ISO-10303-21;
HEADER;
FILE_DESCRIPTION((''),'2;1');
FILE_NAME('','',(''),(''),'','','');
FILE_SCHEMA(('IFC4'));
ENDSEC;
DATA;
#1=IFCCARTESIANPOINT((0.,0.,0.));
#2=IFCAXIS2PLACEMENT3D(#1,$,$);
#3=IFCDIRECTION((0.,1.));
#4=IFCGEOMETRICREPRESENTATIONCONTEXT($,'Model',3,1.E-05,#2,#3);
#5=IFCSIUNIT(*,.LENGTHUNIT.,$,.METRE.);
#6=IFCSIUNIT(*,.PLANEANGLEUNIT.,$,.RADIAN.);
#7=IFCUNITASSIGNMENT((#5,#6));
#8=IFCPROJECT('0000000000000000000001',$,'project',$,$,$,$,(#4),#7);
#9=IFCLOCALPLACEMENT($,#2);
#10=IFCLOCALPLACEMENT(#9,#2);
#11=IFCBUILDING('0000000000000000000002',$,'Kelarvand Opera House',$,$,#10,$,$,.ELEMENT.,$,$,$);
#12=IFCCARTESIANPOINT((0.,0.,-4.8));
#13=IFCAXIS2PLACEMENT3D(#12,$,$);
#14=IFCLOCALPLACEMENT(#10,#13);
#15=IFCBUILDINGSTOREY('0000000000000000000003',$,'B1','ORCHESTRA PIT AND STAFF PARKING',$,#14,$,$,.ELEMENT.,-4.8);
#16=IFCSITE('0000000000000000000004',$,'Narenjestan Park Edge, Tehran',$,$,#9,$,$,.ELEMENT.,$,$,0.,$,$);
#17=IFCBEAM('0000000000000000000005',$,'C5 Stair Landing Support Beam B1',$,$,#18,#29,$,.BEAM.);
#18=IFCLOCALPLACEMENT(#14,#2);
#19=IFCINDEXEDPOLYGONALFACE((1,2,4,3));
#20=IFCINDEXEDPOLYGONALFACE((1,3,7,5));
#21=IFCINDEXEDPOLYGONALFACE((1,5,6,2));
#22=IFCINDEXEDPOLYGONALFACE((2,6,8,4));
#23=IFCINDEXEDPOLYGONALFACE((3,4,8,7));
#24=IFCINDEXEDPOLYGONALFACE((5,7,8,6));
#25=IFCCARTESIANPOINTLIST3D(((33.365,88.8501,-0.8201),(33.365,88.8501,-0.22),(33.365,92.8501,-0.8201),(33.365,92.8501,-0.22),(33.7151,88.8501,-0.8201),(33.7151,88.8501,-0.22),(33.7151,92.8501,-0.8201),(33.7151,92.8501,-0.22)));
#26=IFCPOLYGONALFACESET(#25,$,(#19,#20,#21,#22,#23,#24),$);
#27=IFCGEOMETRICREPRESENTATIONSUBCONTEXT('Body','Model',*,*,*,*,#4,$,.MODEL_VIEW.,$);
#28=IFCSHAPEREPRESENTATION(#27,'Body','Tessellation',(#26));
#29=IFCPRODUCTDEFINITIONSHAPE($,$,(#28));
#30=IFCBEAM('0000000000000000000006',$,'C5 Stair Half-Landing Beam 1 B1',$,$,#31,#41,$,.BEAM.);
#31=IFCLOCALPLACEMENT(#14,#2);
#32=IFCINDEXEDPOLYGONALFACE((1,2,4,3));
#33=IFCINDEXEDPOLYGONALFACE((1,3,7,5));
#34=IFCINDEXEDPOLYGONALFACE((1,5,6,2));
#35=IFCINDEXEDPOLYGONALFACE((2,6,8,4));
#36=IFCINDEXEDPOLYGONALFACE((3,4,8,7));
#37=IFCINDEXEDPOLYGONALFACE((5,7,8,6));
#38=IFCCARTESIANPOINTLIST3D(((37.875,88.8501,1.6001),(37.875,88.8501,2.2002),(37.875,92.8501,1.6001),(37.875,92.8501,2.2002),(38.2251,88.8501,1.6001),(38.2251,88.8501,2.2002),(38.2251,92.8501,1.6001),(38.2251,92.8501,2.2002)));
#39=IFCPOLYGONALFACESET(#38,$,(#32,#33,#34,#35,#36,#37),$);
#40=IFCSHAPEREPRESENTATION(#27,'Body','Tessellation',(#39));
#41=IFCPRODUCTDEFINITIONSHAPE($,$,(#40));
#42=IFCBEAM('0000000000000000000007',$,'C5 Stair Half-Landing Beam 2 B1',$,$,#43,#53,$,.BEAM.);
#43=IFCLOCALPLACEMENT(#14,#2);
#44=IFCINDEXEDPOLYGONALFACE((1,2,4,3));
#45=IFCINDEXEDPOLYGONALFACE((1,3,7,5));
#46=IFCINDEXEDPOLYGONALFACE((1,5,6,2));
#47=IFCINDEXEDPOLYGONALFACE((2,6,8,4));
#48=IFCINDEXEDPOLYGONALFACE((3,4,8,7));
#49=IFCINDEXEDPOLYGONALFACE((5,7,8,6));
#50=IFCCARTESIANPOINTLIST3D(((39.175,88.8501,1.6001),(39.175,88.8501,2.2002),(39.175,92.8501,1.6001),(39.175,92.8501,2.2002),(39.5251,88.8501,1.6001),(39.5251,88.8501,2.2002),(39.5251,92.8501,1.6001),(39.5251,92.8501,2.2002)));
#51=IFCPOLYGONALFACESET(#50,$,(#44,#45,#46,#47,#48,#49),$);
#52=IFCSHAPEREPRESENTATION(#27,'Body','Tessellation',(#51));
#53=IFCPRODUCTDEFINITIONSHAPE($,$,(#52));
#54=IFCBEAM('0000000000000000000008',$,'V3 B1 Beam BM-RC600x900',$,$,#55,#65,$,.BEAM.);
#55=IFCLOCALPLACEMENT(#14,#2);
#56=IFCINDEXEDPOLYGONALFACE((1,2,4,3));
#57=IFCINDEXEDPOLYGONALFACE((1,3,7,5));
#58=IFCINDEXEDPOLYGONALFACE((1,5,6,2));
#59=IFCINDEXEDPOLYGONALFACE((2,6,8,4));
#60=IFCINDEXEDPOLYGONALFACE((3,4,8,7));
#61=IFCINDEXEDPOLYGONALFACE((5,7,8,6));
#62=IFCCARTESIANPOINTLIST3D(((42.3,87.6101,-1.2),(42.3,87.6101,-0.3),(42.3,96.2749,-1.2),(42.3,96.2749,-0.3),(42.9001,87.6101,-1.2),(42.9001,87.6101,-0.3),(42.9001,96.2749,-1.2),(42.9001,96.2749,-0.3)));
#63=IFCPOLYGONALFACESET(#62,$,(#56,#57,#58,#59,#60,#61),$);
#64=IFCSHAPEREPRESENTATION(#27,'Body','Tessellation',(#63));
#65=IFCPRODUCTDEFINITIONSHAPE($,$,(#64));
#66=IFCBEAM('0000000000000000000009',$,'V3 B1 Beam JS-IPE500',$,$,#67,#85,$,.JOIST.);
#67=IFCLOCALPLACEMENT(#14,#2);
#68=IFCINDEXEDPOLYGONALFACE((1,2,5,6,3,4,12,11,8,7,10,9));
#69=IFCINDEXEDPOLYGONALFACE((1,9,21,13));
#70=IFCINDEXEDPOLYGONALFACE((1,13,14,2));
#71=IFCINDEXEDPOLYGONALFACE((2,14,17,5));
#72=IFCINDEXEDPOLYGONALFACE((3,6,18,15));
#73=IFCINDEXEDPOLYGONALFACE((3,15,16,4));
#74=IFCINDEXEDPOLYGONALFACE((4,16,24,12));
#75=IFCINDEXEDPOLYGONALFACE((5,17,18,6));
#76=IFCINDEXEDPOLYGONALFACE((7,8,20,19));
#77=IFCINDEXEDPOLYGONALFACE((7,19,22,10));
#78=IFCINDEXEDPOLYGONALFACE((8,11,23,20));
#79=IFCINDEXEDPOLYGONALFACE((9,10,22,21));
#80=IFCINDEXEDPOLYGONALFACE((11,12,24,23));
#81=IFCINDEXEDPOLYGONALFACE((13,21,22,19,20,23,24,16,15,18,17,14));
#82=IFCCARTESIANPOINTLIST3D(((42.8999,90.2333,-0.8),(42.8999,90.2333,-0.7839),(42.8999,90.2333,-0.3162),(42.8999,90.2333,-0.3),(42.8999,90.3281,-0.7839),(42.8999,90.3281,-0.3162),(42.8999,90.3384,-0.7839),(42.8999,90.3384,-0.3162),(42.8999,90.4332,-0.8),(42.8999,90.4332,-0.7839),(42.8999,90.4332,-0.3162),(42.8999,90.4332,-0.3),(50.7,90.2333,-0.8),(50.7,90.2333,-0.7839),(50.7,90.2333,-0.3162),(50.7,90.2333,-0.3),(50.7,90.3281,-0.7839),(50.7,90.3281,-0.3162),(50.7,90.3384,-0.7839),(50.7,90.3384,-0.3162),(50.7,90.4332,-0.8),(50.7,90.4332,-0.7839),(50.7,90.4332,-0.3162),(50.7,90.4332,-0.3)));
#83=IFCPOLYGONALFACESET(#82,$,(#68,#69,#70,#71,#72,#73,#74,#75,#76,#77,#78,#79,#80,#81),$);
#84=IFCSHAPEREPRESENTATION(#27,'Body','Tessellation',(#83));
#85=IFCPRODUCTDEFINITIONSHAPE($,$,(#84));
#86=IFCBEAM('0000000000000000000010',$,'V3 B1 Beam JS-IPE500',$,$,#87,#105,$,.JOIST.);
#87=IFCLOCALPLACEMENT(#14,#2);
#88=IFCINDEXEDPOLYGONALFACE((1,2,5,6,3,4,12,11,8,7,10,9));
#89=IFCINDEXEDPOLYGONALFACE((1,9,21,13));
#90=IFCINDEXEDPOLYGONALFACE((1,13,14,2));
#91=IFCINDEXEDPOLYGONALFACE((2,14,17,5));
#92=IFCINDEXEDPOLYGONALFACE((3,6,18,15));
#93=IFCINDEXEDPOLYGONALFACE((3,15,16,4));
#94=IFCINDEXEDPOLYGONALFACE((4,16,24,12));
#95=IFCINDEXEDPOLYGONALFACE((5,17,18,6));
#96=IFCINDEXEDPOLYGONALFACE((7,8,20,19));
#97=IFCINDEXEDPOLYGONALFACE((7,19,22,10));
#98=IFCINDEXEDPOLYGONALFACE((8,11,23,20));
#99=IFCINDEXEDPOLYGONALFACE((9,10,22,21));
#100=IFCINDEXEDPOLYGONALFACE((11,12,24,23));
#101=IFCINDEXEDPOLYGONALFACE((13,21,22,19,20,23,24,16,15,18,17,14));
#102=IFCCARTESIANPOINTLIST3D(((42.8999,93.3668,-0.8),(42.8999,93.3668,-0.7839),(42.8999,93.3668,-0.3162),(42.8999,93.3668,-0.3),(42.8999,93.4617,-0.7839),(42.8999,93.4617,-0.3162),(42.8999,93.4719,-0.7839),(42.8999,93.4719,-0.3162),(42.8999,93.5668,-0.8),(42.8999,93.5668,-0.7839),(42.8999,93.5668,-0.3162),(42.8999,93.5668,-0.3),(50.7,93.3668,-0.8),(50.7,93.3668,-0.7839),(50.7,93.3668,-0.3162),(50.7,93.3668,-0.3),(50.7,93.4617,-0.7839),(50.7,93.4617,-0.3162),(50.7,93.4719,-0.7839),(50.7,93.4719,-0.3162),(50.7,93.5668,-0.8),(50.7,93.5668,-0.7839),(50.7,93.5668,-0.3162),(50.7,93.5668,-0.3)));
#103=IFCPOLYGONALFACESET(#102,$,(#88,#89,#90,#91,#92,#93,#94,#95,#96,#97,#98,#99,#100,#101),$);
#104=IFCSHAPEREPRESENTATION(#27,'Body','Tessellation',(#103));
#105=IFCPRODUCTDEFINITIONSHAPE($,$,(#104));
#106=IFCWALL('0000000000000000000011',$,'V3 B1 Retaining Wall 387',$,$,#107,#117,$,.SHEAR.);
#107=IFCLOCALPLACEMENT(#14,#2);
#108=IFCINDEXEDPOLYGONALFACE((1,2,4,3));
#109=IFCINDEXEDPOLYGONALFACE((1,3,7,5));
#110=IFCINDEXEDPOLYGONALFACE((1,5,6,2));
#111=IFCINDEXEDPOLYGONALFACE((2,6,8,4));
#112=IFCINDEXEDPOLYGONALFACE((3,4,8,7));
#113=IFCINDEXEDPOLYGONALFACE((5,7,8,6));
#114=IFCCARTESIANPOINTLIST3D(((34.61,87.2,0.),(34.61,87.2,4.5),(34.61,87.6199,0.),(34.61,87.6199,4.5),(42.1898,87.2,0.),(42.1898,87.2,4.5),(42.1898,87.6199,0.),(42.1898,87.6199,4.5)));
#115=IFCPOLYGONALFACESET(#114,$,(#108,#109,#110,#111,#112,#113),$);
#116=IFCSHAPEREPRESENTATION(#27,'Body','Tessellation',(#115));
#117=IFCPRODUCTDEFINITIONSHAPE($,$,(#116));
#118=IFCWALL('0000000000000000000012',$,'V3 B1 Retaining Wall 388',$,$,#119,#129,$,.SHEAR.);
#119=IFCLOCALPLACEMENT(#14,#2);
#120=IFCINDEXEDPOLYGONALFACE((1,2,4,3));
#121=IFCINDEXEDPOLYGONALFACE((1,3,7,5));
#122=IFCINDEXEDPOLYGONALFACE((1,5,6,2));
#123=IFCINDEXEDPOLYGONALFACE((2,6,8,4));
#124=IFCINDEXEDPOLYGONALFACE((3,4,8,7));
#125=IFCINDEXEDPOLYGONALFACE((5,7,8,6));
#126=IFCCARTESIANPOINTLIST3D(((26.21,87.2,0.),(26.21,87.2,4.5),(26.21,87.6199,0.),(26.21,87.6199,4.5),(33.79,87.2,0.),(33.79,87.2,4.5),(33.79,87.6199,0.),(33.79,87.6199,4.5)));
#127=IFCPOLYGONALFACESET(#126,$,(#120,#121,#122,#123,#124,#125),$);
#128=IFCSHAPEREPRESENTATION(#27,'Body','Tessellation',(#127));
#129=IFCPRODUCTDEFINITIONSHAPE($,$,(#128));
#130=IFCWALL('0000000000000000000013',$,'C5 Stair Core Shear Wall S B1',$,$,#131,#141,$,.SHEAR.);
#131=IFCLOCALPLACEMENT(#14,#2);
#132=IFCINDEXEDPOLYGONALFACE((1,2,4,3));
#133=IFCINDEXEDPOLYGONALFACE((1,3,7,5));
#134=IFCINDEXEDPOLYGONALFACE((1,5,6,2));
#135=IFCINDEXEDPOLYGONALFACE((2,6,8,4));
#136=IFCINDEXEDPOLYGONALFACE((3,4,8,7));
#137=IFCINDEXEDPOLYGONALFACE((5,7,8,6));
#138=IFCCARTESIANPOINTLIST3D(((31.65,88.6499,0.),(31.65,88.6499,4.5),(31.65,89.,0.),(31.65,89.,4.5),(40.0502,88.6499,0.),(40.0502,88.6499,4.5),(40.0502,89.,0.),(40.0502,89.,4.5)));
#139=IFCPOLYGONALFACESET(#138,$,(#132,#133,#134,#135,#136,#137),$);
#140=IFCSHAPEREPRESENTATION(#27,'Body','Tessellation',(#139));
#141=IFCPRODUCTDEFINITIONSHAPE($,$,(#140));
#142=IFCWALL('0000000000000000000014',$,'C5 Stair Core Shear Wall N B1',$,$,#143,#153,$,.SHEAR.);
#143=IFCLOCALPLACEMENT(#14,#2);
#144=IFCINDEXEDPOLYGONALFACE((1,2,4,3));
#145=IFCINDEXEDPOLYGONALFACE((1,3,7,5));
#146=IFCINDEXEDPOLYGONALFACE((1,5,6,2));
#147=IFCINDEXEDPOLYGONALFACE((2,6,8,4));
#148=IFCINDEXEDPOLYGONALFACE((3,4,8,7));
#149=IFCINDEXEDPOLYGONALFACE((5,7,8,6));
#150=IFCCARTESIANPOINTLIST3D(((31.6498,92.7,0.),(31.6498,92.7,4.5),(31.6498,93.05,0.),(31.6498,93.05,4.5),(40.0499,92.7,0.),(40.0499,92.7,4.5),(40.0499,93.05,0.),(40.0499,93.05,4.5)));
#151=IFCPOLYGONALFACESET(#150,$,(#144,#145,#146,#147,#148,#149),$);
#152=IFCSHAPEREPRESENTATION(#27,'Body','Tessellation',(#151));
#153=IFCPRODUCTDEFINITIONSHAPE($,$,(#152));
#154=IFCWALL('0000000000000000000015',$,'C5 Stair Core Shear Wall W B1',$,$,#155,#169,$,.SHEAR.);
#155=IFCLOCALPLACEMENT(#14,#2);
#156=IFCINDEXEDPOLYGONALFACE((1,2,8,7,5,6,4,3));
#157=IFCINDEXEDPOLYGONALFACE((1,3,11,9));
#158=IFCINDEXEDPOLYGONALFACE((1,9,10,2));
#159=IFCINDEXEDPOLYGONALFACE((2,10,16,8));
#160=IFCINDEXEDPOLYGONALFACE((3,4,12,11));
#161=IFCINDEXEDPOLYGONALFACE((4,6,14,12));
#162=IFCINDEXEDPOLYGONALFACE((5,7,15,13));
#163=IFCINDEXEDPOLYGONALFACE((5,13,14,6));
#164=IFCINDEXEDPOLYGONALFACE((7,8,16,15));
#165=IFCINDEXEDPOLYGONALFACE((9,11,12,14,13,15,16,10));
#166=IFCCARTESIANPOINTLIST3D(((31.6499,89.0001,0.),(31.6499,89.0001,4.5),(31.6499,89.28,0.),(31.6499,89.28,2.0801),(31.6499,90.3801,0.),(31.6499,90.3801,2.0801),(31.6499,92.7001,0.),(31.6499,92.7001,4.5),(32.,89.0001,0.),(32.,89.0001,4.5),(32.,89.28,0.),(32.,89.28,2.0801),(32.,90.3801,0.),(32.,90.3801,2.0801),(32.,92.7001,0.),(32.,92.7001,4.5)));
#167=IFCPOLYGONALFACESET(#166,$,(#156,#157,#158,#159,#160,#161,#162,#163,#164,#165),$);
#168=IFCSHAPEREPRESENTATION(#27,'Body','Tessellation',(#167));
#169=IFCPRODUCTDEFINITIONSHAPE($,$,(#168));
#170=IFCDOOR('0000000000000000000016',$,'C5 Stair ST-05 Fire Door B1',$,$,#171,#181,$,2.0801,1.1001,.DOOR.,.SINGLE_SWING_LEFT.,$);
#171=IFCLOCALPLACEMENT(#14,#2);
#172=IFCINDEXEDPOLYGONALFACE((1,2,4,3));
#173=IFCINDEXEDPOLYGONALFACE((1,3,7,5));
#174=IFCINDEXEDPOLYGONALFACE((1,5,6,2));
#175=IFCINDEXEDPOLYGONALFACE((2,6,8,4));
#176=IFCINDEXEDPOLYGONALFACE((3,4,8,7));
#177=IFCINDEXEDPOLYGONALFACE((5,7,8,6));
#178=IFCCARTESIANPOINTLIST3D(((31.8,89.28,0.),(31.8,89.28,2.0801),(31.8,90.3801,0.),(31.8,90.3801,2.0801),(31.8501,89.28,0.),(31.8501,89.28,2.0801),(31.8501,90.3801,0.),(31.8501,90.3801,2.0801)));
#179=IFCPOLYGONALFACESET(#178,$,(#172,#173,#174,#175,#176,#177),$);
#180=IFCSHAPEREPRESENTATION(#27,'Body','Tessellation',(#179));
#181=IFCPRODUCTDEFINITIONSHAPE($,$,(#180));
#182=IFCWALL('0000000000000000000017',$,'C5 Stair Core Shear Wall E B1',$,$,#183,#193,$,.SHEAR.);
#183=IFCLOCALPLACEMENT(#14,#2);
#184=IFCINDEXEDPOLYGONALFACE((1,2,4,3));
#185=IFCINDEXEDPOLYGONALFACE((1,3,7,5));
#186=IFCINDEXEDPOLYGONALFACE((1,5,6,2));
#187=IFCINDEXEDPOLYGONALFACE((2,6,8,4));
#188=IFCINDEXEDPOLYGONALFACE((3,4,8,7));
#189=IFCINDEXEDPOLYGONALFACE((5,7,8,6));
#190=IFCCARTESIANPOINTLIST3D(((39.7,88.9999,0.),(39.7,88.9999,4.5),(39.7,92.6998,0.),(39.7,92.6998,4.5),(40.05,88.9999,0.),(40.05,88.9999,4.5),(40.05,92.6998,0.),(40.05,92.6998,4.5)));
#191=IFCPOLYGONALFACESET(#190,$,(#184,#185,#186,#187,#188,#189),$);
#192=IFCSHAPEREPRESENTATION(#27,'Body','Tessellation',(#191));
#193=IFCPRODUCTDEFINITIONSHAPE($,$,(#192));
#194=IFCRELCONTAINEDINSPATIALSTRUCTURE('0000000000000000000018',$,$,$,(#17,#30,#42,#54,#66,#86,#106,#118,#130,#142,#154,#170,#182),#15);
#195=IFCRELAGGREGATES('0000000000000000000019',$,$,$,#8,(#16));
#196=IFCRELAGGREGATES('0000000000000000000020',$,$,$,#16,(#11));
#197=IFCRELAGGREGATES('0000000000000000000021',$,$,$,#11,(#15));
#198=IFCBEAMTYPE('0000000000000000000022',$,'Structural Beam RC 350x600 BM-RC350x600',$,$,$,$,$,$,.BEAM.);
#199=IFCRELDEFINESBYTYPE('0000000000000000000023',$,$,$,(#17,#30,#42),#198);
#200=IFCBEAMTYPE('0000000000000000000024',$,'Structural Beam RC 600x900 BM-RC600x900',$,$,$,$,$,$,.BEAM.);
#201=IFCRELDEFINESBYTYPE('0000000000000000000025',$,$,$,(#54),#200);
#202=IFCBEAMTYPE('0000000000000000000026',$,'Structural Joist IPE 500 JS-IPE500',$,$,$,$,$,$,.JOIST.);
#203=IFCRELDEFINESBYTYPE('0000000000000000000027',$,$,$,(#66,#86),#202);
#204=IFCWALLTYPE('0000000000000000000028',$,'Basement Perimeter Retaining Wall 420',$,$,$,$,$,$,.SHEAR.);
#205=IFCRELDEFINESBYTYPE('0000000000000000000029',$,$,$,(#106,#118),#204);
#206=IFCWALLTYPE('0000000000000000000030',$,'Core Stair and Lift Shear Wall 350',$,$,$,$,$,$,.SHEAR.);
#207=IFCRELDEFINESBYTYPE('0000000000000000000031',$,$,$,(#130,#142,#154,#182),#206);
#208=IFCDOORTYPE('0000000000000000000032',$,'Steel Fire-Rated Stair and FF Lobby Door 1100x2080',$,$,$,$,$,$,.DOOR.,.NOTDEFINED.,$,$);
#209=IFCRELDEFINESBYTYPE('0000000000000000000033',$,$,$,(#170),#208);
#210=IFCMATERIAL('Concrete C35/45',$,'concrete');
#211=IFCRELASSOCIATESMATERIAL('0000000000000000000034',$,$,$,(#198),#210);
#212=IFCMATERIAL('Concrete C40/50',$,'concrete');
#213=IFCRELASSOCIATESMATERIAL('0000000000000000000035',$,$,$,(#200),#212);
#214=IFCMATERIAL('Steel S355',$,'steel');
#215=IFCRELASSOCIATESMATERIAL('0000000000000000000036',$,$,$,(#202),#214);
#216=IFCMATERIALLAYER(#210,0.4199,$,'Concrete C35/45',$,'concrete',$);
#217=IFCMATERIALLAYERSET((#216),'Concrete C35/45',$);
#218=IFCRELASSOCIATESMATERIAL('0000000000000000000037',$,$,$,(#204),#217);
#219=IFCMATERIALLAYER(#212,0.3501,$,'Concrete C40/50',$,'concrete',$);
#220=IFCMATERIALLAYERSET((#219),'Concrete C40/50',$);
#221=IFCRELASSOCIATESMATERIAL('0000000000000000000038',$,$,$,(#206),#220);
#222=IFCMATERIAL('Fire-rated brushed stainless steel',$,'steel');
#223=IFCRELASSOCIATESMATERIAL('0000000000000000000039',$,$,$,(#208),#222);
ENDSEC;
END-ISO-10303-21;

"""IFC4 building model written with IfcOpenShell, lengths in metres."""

from ifc_helpers import new_model, si_unit, direction, frame, frame_2d, origin, origin_2d, place, context, subcontext, project, spatial, rectangle, i_section, extrude, material, layer, layer_set, material_profile, profile_set, type_object, element, fill, save


model = new_model("IFC4")

# Units and contexts
model_context = context("Model", 3, precision=1e-05, world=origin(), true_north=direction((0.0, 1.0)))
body_context = subcontext(model_context, "Body", "Model", "MODEL_VIEW")
ifc_project = project(units=[si_unit("LENGTHUNIT", "METRE"), si_unit("PLANEANGLEUNIT", "RADIAN")], contexts=[model_context])

# Site, building, storey
site_placement = place(None, origin())
site = spatial("IfcSite", under=ifc_project, at=site_placement, Name="Narenjestan Park Edge, Tehran", CompositionType="ELEMENT", RefElevation=0.0)
building_placement = place(site_placement, origin())
building = spatial("IfcBuilding", under=site, at=building_placement, Name="Kelarvand Opera House", CompositionType="ELEMENT")
storey_placement = place(building_placement, frame((0.0, 0.0, -4.8)))
storey = spatial("IfcBuildingStorey", under=building, at=storey_placement, Name="B1", Description="ORCHESTRA PIT AND STAFF PARKING", CompositionType="ELEMENT", Elevation=-4.8)

# Beams
ifc_material_1 = material(Name="Concrete C35/45", Category="concrete")
ifc_material_profile_1 = material_profile(ifc_material_1, rectangle(XDim=0.3501, YDim=0.6001, at=origin_2d()), Name="RC 350x600", Category="concrete")
ifc_profile_set_1 = profile_set([ifc_material_profile_1], Name="Concrete C35/45")
beam_type_1 = type_object("IfcBeamType", Name="Structural Beam RC 350x600 BM-RC350x600", PredefinedType="BEAM", material=ifc_profile_set_1)
for number, where, z_axis, x_axis, name in (
    (1, (33.54, 88.8501, -0.52), (0.0, 1.0, 0.0), (-1.0, 0.0, 0.0), "C5 Stair Landing Support Beam B1"),
    (2, (38.05, 88.8501, 1.9001), (0.0, 1.0, 0.0), (-1.0, 0.0, 0.0), "C5 Stair Half-Landing Beam 1 B1"),
    (3, (39.3501, 88.8501, 1.9001), (0.0, 1.0, 0.0), (-1.0, 0.0, 0.0), "C5 Stair Half-Landing Beam 2 B1"),
):
    element("IfcBeam", number, at=place(storey_placement, frame(where, z_axis=z_axis, x_axis=x_axis)), inside=storey, type_object=beam_type_1, Name=name, PredefinedType="BEAM", context=body_context, shape_type="SweptSolid", body=[
        extrude(rectangle(XDim=0.3501, YDim=0.6001, at=origin_2d()), origin(), (0.0, 0.0, 1.0), 4.0),
    ])
ifc_material_2 = material(Name="Concrete C40/50", Category="concrete")
ifc_material_profile_2 = material_profile(ifc_material_2, rectangle(XDim=0.6001, YDim=0.8999, at=origin_2d()), Name="RC 600x900", Category="concrete")
ifc_profile_set_2 = profile_set([ifc_material_profile_2], Name="Concrete C40/50")
beam_type_2 = type_object("IfcBeamType", Name="Structural Beam RC 600x900 BM-RC600x900", PredefinedType="BEAM", material=ifc_profile_set_2)
beam_placement = place(storey_placement, frame((42.6001, 87.6101, -0.75), z_axis=(0.0, 1.0, 0.0), x_axis=(-1.0, 0.0, 0.0)))
element("IfcBeam", 4, at=beam_placement, inside=storey, type_object=beam_type_2, Name="V3 B1 Beam BM-RC600x900", PredefinedType="BEAM", context=body_context, shape_type="SweptSolid", body=[
    extrude(rectangle(XDim=0.6001, YDim=0.8999, at=origin_2d()), origin(), (0.0, 0.0, 1.0), 8.6648),
])
ifc_material_3 = material(Name="Steel S355", Category="steel")
ifc_material_profile_3 = material_profile(ifc_material_3, i_section(OverallWidth=0.2, OverallDepth=0.5, WebThickness=0.0103, FlangeThickness=0.0161, at=origin_2d()), Name="IPE 500", Category="steel")
ifc_profile_set_3 = profile_set([ifc_material_profile_3], Name="Steel S355")
beam_type_3 = type_object("IfcBeamType", Name="Structural Joist IPE 500 JS-IPE500", PredefinedType="JOIST", material=ifc_profile_set_3)
for number, where, z_axis, x_axis, name in (
    (5, (42.8999, 90.3333, -0.55), (1.0, 0.0, 0.0), (0.0, 1.0, 0.0), "V3 B1 Beam JS-IPE500"),
    (6, (42.8999, 93.4668, -0.55), (1.0, 0.0, 0.0), (0.0, 1.0, 0.0), "V3 B1 Beam JS-IPE500"),
):
    element("IfcBeam", number, at=place(storey_placement, frame(where, z_axis=z_axis, x_axis=x_axis)), inside=storey, type_object=beam_type_3, Name=name, PredefinedType="JOIST", context=body_context, shape_type="SweptSolid", body=[
        extrude(i_section(OverallWidth=0.2, OverallDepth=0.5, WebThickness=0.0103, FlangeThickness=0.0161, at=origin_2d()), origin(), (0.0, 0.0, 1.0), 7.8),
    ])

# Walls
ifc_layer_1 = layer(ifc_material_1, 0.4199, Name="Concrete C35/45", Category="concrete")
ifc_layer_set_1 = layer_set([ifc_layer_1], Name="Concrete C35/45")
wall_type_1 = type_object("IfcWallType", Name="Basement Perimeter Retaining Wall 420", PredefinedType="SHEAR", material=ifc_layer_set_1)
wall_1_placement = place(storey_placement, frame((42.1899, 87.4099, 0.0), z_axis=(0.0, 0.0, 1.0), x_axis=(-1.0, 0.0, 0.0)))
element("IfcWall", 7, at=wall_1_placement, inside=storey, type_object=wall_type_1, Name="V3 B1 Retaining Wall 387", PredefinedType="SHEAR", context=body_context, shape_type="SweptSolid", body=[
    extrude(rectangle(XDim=7.5798, YDim=0.4199, at=frame_2d((3.79, 0.0))), origin(), (0.0, 0.0, 1.0), 4.5),
])
wall_2_placement = place(storey_placement, frame((33.79, 87.4099, 0.0), z_axis=(0.0, 0.0, 1.0), x_axis=(-1.0, 0.0, 0.0)))
element("IfcWall", 8, at=wall_2_placement, inside=storey, type_object=wall_type_1, Name="V3 B1 Retaining Wall 388", PredefinedType="SHEAR", context=body_context, shape_type="SweptSolid", body=[
    extrude(rectangle(XDim=7.5801, YDim=0.4199, at=frame_2d((3.79, 0.0))), origin(), (0.0, 0.0, 1.0), 4.5),
])
ifc_layer_2 = layer(ifc_material_2, 0.3501, Name="Concrete C40/50", Category="concrete")
ifc_layer_set_2 = layer_set([ifc_layer_2], Name="Concrete C40/50")
wall_type_2 = type_object("IfcWallType", Name="Core Stair and Lift Shear Wall 350", PredefinedType="SHEAR", material=ifc_layer_set_2)
for number, where, z_axis, x_axis, name in (
    (9, (31.6499, 88.825, 0.0), (0.0, 0.0, 1.0), (1.0, 0.0, 0.0), "C5 Stair Core Shear Wall S B1"),
    (10, (40.05, 92.875, 0.0), (0.0, 0.0, 1.0), (-1.0, 0.0, 0.0), "C5 Stair Core Shear Wall N B1"),
):
    element("IfcWall", number, at=place(storey_placement, frame(where, z_axis=z_axis, x_axis=x_axis)), inside=storey, type_object=wall_type_2, Name=name, PredefinedType="SHEAR", context=body_context, shape_type="SweptSolid", body=[
        extrude(rectangle(XDim=8.4001, YDim=0.3501, at=frame_2d((4.2002, 0.0))), origin(), (0.0, 0.0, 1.0), 4.5),
    ])

# Wall, opening, door
wall_3_placement = place(storey_placement, frame((31.825, 89.0, 0.0), z_axis=(0.0, 0.0, 1.0), x_axis=(0.0, 1.0, 0.0)))
wall_3 = element("IfcWall", 11, at=wall_3_placement, inside=storey, type_object=wall_type_2, Name="C5 Stair Core Shear Wall W B1", PredefinedType="SHEAR", context=body_context, shape_type="SweptSolid", body=[
    extrude(rectangle(XDim=3.7, YDim=0.3501, at=frame_2d((1.8501, 0.0))), origin(), (0.0, 0.0, 1.0), 4.5),
])
opening_1_placement = place(wall_3_placement, frame((0.28, 0.0, 0.0)))
opening_1 = element("IfcOpeningElement", 12, at=opening_1_placement, cuts=wall_3, PredefinedType="OPENING", context=body_context, shape_type="SweptSolid", body=[
    extrude(rectangle(XDim=1.1001, YDim=2.0801, at=frame_2d((0.55, 1.04))), frame((0.0, 0.1851, 0.0), z_axis=(0.0, -1.0, 0.0), x_axis=(1.0, 0.0, 0.0)), (0.0, 0.0, 1.0), 0.3701),
])
ifc_material_4 = material(Name="Fire-rated brushed stainless steel", Category="steel")
door_type_1 = type_object("IfcDoorType", Name="Steel Fire-Rated Stair and FF Lobby Door 1100x2080", OperationType="NOTDEFINED", PredefinedType="DOOR", material=ifc_material_4)
door_1_placement = place(opening_1_placement, origin())
door_1 = element("IfcDoor", 13, at=door_1_placement, inside=storey, type_object=door_type_1, Name="C5 Stair ST-05 Fire Door B1", OperationType="SINGLE_SWING_LEFT", OverallHeight=2.0801, OverallWidth=1.1001, PredefinedType="DOOR", context=body_context, shape_type="SweptSolid", body=[
    extrude(rectangle(XDim=1.1001, YDim=2.0801, at=frame_2d((0.55, 1.04))), frame((0.0, 0.0249, 0.0), z_axis=(0.0, -1.0, 0.0), x_axis=(1.0, 0.0, 0.0)), (0.0, 0.0, 1.0), 0.05),
])
fill(opening_1, door_1)

# Wall
wall_4_placement = place(storey_placement, frame((39.875, 92.7, 0.0), z_axis=(0.0, 0.0, 1.0), x_axis=(0.0, -1.0, 0.0)))
element("IfcWall", 14, at=wall_4_placement, inside=storey, type_object=wall_type_2, Name="C5 Stair Core Shear Wall E B1", PredefinedType="SHEAR", context=body_context, shape_type="SweptSolid", body=[
    extrude(rectangle(XDim=3.7, YDim=0.3501, at=frame_2d((1.8501, 0.0))), origin(), (0.0, 0.0, 1.0), 4.5),
])

save(model, "model.ifc")
